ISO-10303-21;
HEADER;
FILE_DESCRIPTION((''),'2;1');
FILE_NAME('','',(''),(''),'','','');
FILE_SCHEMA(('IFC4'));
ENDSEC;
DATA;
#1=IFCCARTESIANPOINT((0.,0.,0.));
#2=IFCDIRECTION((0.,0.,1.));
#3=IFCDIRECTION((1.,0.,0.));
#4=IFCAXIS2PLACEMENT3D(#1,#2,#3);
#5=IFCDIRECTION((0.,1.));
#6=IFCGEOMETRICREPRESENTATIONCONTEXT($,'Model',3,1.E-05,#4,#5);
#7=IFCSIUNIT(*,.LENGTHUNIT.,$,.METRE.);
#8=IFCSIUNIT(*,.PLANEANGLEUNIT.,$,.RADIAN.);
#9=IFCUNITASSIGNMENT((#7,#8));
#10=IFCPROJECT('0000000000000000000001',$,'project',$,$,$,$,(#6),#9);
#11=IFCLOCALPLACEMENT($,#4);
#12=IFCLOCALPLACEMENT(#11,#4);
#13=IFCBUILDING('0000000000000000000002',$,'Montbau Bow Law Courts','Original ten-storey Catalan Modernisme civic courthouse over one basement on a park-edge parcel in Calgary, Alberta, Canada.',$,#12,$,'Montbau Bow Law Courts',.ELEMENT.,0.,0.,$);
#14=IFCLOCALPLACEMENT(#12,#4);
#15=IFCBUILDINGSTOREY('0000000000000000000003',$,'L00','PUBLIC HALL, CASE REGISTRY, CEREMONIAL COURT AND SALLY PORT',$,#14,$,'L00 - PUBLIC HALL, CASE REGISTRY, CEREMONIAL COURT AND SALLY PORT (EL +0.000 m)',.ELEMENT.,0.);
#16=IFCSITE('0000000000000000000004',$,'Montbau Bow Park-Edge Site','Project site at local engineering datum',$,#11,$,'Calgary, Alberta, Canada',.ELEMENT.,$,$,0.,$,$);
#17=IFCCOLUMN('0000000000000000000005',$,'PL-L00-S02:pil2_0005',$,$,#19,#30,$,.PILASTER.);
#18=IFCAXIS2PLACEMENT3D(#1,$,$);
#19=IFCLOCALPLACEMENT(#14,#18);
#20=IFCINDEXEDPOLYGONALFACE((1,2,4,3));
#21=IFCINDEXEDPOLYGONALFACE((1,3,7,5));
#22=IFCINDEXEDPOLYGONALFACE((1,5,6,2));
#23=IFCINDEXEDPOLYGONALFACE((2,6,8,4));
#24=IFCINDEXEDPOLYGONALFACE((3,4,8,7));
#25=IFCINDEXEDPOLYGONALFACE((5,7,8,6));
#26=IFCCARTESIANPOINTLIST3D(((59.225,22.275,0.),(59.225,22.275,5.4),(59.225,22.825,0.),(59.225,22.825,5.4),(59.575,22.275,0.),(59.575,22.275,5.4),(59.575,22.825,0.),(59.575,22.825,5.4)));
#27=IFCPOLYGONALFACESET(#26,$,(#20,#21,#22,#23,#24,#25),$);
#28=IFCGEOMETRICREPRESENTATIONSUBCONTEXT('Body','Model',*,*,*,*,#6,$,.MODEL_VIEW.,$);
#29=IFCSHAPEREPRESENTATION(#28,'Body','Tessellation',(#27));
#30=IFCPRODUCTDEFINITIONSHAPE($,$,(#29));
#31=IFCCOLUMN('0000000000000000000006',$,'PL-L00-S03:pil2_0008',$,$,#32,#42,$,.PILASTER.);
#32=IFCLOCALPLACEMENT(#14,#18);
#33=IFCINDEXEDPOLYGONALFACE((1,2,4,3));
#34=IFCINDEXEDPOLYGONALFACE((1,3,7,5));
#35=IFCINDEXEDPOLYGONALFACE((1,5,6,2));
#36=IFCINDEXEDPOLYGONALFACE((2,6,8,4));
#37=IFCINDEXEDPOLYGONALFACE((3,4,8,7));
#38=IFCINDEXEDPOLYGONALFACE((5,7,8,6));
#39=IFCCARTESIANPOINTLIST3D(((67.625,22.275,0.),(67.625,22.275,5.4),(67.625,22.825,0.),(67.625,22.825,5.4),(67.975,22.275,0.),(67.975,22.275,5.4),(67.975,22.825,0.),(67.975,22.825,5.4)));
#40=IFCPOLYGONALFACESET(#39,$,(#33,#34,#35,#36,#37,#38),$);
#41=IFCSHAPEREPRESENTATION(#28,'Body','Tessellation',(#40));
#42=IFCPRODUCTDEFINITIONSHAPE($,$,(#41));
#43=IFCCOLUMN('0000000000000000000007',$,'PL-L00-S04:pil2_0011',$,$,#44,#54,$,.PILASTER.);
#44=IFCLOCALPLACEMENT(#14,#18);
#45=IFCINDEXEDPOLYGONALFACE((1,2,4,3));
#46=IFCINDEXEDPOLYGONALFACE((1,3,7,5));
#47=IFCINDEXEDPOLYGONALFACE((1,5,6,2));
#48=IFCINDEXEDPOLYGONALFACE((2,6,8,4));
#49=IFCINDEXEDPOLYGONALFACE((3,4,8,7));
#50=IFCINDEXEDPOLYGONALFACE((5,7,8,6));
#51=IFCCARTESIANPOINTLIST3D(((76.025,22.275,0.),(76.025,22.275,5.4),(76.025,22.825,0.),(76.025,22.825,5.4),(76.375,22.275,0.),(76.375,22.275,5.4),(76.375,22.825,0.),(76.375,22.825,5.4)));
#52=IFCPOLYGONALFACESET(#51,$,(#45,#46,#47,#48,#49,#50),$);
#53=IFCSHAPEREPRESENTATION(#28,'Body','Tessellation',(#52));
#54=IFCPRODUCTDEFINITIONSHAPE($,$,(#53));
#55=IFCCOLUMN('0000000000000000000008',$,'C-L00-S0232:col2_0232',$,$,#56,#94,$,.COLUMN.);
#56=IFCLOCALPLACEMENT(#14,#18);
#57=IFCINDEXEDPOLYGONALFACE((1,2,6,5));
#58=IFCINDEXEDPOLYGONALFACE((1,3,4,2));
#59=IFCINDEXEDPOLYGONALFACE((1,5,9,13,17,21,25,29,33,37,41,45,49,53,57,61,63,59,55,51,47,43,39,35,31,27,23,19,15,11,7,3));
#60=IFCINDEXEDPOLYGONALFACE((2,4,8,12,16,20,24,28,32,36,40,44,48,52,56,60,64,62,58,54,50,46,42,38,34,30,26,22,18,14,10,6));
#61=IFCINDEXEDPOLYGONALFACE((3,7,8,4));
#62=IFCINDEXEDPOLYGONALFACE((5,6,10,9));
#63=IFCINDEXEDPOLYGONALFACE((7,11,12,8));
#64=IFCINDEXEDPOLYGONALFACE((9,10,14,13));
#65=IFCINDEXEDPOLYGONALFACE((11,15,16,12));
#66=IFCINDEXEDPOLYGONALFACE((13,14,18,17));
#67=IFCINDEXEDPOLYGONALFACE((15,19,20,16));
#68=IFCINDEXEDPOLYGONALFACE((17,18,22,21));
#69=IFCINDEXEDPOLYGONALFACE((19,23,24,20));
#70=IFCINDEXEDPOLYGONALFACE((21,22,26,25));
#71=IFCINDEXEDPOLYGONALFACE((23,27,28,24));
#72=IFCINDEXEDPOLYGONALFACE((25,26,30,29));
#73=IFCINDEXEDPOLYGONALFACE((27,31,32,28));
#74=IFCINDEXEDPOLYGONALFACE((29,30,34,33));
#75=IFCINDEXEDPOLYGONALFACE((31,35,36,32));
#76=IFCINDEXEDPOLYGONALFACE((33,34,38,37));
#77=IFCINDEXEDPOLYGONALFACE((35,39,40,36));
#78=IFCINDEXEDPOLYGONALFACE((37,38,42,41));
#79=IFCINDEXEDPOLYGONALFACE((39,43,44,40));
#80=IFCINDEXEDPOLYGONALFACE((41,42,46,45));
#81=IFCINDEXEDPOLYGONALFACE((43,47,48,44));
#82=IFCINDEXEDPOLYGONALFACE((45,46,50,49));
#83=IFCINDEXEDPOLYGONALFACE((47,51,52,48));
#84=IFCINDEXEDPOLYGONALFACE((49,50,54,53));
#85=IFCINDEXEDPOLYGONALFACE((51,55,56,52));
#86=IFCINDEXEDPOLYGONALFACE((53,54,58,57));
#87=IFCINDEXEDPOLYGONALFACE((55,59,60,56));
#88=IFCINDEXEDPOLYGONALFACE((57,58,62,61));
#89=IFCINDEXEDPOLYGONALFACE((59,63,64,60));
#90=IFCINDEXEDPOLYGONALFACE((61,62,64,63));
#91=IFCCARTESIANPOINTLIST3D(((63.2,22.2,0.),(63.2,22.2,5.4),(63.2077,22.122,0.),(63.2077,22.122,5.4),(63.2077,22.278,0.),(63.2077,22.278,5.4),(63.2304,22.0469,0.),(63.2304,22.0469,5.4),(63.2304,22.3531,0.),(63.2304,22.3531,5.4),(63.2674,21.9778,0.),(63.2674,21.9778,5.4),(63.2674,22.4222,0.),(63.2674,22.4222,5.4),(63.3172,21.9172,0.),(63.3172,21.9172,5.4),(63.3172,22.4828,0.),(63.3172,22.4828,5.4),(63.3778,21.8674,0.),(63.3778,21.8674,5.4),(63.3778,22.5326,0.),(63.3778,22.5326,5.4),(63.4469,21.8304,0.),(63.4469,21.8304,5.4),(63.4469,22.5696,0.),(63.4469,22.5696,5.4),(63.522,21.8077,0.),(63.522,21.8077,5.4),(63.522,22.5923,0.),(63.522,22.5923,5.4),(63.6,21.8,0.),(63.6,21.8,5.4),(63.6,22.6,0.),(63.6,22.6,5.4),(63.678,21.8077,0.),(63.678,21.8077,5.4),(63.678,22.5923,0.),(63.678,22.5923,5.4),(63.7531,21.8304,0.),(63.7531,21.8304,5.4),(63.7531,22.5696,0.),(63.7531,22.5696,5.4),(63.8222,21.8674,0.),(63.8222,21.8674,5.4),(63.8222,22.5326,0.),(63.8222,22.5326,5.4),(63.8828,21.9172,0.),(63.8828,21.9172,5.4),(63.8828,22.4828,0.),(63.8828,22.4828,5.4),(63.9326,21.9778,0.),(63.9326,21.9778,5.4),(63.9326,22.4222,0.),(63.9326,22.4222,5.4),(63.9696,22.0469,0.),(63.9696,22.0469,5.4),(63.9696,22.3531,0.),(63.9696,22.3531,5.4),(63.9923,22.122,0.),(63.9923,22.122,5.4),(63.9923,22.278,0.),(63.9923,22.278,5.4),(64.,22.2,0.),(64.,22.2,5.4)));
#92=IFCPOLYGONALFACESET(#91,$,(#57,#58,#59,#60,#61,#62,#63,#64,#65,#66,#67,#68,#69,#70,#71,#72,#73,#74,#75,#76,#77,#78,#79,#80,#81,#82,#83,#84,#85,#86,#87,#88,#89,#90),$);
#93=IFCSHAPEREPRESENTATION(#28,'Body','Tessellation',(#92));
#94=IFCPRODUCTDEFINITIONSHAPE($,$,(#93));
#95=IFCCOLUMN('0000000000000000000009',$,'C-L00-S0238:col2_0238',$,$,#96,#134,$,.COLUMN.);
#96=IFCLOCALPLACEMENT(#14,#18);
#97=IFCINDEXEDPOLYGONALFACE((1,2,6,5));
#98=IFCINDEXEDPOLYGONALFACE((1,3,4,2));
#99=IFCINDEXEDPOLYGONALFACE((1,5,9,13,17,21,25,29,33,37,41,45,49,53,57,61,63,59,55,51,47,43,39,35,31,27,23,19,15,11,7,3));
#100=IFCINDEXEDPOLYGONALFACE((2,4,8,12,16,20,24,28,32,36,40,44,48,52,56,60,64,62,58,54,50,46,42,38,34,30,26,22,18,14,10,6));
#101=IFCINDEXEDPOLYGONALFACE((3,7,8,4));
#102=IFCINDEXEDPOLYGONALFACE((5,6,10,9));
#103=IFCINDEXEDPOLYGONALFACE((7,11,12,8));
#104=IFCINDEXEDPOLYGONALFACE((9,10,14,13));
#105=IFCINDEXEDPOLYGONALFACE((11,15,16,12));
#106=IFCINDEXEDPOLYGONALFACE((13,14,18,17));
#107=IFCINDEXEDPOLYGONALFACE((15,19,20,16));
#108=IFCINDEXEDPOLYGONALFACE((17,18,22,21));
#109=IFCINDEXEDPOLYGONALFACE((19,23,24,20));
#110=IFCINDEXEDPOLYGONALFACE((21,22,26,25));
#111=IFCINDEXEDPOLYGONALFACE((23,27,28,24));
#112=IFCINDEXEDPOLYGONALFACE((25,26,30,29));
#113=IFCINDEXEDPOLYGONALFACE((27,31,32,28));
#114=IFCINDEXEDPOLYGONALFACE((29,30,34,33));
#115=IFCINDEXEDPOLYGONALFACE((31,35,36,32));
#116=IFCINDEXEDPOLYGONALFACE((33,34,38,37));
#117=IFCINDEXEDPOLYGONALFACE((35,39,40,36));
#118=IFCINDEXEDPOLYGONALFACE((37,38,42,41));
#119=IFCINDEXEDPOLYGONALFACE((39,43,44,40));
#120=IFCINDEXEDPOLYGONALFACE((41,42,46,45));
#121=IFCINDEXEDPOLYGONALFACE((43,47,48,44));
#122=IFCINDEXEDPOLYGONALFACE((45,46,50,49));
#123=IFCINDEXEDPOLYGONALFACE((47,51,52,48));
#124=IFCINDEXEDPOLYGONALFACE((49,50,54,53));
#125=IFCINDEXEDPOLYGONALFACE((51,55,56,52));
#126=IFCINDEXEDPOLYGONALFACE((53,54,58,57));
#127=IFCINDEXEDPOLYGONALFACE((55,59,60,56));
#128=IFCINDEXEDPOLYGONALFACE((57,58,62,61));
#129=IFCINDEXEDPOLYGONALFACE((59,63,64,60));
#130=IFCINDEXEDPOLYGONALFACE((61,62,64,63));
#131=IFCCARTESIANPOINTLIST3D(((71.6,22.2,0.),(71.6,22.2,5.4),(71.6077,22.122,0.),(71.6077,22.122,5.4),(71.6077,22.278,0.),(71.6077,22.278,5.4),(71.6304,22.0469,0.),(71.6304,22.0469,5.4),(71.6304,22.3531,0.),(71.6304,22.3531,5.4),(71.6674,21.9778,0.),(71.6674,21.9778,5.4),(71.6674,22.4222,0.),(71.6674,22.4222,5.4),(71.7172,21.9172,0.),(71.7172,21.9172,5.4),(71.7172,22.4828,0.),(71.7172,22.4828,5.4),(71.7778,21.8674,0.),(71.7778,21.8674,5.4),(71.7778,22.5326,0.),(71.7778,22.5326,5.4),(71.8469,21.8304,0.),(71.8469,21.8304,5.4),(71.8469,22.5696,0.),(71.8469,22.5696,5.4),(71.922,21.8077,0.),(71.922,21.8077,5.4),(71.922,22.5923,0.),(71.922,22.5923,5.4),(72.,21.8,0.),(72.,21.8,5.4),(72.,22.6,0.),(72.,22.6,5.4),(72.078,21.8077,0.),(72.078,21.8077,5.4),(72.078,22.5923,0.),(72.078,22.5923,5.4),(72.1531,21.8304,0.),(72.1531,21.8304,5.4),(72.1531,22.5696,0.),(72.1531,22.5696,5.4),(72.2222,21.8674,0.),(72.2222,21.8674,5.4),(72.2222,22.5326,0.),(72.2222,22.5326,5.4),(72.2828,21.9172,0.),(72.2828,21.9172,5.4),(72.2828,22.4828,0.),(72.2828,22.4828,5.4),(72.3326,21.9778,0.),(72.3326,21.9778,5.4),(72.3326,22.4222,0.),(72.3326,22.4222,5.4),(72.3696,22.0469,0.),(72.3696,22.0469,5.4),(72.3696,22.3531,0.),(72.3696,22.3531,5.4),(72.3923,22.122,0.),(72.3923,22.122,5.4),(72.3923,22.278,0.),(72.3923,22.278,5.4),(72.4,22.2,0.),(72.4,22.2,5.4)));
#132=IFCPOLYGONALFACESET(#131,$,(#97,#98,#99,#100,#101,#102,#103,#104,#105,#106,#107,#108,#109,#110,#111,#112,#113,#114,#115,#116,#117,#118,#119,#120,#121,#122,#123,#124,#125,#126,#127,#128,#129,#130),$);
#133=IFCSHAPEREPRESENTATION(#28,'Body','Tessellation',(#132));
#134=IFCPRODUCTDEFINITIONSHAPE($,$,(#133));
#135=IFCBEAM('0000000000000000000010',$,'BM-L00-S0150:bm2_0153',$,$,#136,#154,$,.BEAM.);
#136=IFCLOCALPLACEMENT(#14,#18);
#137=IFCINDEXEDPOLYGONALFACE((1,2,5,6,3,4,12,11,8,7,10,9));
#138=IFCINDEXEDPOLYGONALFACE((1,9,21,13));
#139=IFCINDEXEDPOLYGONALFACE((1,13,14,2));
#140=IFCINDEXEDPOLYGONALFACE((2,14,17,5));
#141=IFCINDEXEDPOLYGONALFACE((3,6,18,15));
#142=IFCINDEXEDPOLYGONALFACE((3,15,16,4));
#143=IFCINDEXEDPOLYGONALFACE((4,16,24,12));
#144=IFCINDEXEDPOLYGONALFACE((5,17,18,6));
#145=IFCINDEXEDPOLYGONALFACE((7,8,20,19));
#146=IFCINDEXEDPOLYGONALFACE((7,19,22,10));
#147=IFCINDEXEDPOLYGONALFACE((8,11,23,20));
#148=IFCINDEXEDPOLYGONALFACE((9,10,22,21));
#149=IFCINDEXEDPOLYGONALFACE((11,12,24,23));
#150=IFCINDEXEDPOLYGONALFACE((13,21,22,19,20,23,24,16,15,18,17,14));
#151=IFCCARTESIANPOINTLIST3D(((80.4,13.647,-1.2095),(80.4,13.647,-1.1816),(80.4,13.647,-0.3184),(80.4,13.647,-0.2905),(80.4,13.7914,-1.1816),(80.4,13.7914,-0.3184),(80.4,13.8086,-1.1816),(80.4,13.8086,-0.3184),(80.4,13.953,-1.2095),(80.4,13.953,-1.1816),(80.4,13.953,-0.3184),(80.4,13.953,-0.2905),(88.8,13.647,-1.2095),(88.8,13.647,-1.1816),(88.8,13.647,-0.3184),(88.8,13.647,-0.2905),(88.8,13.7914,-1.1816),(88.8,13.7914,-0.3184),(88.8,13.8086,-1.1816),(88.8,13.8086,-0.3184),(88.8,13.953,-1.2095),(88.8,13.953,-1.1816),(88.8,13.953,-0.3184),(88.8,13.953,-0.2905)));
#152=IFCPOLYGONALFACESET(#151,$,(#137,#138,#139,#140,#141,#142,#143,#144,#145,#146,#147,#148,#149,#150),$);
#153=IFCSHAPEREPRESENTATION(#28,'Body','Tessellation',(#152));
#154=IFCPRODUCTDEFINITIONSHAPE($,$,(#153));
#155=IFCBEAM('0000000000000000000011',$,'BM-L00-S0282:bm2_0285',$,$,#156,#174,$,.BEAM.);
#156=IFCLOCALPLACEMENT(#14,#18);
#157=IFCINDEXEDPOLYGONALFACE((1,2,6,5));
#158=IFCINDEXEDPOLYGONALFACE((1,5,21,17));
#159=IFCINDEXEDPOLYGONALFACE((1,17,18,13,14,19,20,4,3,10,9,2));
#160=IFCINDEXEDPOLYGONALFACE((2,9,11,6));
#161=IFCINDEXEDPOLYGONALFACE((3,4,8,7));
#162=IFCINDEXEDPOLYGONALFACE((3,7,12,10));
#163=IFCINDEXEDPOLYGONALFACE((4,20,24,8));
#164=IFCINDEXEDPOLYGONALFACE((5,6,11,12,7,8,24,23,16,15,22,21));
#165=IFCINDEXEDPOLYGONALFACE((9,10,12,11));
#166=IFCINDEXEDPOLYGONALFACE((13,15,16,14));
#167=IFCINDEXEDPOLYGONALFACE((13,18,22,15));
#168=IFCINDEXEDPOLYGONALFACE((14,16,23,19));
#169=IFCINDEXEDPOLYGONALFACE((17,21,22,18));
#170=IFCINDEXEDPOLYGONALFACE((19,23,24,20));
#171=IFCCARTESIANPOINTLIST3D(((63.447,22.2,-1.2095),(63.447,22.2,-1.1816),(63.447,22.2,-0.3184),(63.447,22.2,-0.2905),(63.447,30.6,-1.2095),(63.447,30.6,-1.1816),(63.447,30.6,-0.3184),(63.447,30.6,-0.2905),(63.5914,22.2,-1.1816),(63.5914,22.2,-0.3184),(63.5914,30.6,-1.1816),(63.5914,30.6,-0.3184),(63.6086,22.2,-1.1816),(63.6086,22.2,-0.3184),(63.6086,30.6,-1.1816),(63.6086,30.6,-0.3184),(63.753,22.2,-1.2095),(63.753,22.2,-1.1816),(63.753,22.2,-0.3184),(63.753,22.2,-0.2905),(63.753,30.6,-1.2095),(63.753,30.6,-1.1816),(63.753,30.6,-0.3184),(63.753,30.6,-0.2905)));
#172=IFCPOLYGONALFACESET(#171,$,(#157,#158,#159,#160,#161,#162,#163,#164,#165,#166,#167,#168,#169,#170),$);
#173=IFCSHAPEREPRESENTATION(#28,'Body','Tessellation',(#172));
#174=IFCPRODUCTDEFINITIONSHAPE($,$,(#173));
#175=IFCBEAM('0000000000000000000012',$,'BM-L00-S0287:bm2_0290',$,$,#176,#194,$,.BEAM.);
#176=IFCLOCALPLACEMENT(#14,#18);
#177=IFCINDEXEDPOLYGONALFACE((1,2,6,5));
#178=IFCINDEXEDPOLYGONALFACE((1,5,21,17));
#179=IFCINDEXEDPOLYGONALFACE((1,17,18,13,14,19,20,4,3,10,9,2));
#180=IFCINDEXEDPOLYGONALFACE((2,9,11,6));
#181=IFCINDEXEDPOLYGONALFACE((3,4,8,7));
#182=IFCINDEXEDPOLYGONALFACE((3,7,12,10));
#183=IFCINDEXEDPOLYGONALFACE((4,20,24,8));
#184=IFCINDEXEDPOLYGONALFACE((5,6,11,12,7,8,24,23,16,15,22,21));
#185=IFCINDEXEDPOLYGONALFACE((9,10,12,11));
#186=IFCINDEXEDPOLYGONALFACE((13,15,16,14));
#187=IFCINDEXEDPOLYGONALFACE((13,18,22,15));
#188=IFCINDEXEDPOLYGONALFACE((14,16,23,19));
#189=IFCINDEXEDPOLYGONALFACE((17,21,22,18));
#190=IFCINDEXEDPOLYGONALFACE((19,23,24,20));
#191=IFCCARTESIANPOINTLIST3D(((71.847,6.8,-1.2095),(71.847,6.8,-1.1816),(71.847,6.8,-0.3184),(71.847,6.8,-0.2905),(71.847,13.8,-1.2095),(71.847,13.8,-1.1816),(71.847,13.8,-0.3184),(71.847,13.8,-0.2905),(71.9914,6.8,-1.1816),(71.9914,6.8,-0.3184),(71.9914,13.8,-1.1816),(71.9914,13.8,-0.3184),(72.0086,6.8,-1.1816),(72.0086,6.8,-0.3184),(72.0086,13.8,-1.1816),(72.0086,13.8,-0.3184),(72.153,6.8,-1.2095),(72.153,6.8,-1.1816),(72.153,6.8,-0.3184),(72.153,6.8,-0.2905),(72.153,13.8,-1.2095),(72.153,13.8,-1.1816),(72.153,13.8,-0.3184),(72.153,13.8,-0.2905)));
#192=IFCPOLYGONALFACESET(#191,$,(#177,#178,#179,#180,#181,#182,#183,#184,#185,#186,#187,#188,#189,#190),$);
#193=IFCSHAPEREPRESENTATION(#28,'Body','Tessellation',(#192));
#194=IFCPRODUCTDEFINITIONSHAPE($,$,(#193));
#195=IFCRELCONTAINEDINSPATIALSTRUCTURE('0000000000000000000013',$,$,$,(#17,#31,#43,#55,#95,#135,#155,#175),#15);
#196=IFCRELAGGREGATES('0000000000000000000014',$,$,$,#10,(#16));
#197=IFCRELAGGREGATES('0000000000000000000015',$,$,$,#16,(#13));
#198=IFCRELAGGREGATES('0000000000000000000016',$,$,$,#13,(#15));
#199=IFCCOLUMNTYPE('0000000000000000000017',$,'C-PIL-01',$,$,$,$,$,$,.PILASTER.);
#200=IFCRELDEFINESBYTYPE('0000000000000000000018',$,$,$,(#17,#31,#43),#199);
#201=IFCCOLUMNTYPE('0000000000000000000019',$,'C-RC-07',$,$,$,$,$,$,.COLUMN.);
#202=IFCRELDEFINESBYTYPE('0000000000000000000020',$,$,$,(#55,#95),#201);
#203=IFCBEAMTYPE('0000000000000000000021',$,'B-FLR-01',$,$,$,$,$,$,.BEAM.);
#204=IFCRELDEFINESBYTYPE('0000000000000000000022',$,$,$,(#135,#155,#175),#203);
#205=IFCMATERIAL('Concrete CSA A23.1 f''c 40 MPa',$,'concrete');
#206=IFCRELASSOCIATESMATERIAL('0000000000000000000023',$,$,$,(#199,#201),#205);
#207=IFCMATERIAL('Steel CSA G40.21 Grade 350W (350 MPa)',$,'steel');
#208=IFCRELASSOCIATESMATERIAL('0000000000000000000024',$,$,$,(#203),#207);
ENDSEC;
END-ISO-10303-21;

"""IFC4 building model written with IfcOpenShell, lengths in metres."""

from ifc_helpers import new_model, si_unit, direction, frame, origin_with_axes, origin_2d_with_axis, place, context, subcontext, project, spatial, rectangle, circle, i_section, extrude, material, material_profile, profile_set, type_object, element, save


model = new_model("IFC4")

# Units and contexts
model_context = context("Model", 3, precision=1e-05, world=origin_with_axes(), true_north=direction((0.0, 1.0)))
body_context = subcontext(model_context, "Body", "Model", "MODEL_VIEW")
ifc_project = project(units=[si_unit("LENGTHUNIT", "METRE"), si_unit("PLANEANGLEUNIT", "RADIAN")], contexts=[model_context])

# Site, building, storey
site_placement = place(None, origin_with_axes())
site = spatial("IfcSite", under=ifc_project, at=site_placement, Name="Montbau Bow Park-Edge Site", Description="Project site at local engineering datum", LongName="Calgary, Alberta, Canada", CompositionType="ELEMENT", RefElevation=0.0)
building_placement = place(site_placement, origin_with_axes())
building = spatial("IfcBuilding", under=site, at=building_placement, Name="Montbau Bow Law Courts", Description="Original ten-storey Catalan Modernisme civic courthouse over one basement on a park-edge parcel in Calgary, Alberta, Canada.", LongName="Montbau Bow Law Courts", CompositionType="ELEMENT", ElevationOfRefHeight=0.0, ElevationOfTerrain=0.0)
storey_placement = place(building_placement, origin_with_axes())
storey = spatial("IfcBuildingStorey", under=building, at=storey_placement, Name="L00", Description="PUBLIC HALL, CASE REGISTRY, CEREMONIAL COURT AND SALLY PORT", LongName="L00 - PUBLIC HALL, CASE REGISTRY, CEREMONIAL COURT AND SALLY PORT (EL +0.000 m)", CompositionType="ELEMENT", Elevation=0.0)

# Columns
ifc_material_1 = material(Name="Concrete CSA A23.1 f'c 40 MPa", Category="concrete")
ifc_material_profile_1 = material_profile(ifc_material_1, rectangle(XDim=0.35, YDim=0.55, at=origin_2d_with_axis()), Name="RC550X350", Category="Main", Priority=0)
ifc_profile_set_1 = profile_set([ifc_material_profile_1], Name="Concrete CSA A23.1 f'c 40 MPa")
column_type_1 = type_object("IfcColumnType", Name="C-PIL-01", PredefinedType="PILASTER", material=ifc_profile_set_1)
for number, where, z_axis, x_axis, name in (
    (1, (59.4, 22.55, 0.0), (0.0, 0.0, 1.0), (1.0, 0.0, 0.0), "PL-L00-S02:pil2_0005"),
    (2, (67.8, 22.55, 0.0), (0.0, 0.0, 1.0), (1.0, 0.0, 0.0), "PL-L00-S03:pil2_0008"),
    (3, (76.2, 22.55, 0.0), (0.0, 0.0, 1.0), (1.0, 0.0, 0.0), "PL-L00-S04:pil2_0011"),
):
    element("IfcColumn", number, at=place(None, frame(where, z_axis=z_axis, x_axis=x_axis)), inside=storey, type_object=column_type_1, Name=name, PredefinedType="PILASTER", context=body_context, shape_type="SweptSolid", body=[
        extrude(rectangle(XDim=0.35, YDim=0.55, at=origin_2d_with_axis()), origin_with_axes(), (0.0, 0.0, 1.0), 5.4),
    ])
ifc_material_profile_2 = material_profile(ifc_material_1, circle(Radius=0.4, at=origin_2d_with_axis()), Name="RC800D", Category="Main", Priority=0)
ifc_profile_set_2 = profile_set([ifc_material_profile_2], Name="Concrete CSA A23.1 f'c 40 MPa")
column_type_2 = type_object("IfcColumnType", Name="C-RC-07", PredefinedType="COLUMN", material=ifc_profile_set_2)
for number, where, z_axis, x_axis, name in (
    (4, (63.6, 22.2, 0.0), (0.0, 0.0, 1.0), (1.0, 0.0, 0.0), "C-L00-S0232:col2_0232"),
    (5, (72.0, 22.2, 0.0), (0.0, 0.0, 1.0), (1.0, 0.0, 0.0), "C-L00-S0238:col2_0238"),
):
    element("IfcColumn", number, at=place(None, frame(where, z_axis=z_axis, x_axis=x_axis)), inside=storey, type_object=column_type_2, Name=name, PredefinedType="COLUMN", context=body_context, shape_type="SweptSolid", body=[
        extrude(circle(Radius=0.4, at=origin_2d_with_axis()), origin_with_axes(), (0.0, 0.0, 1.0), 5.4),
    ])

# Beams
ifc_material_2 = material(Name="Steel CSA G40.21 Grade 350W (350 MPa)", Category="steel")
ifc_material_profile_3 = material_profile(ifc_material_2, i_section(OverallWidth=0.306, OverallDepth=0.919, WebThickness=0.0173, FlangeThickness=0.0279, at=origin_2d_with_axis()), Name="W920X253", Category="Main", Priority=0)
ifc_profile_set_3 = profile_set([ifc_material_profile_3], Name="Steel CSA G40.21 Grade 350W (350 MPa)")
beam_type_1 = type_object("IfcBeamType", Name="B-FLR-01", PredefinedType="BEAM", material=ifc_profile_set_3)
for number, where, z_axis, x_axis, name in (
    (6, (80.4, 13.8, -0.75), (1.0, 0.0, 0.0), (0.0, 1.0, 0.0), "BM-L00-S0150:bm2_0153"),
    (7, (63.6, 22.2, -0.75), (0.0, 1.0, 0.0), (-1.0, 0.0, 0.0), "BM-L00-S0282:bm2_0285"),
):
    element("IfcBeam", number, at=place(None, frame(where, z_axis=z_axis, x_axis=x_axis)), inside=storey, type_object=beam_type_1, Name=name, PredefinedType="BEAM", context=body_context, shape_type="SweptSolid", body=[
        extrude(i_section(OverallWidth=0.306, OverallDepth=0.919, WebThickness=0.0173, FlangeThickness=0.0279, at=origin_2d_with_axis()), origin_with_axes(), (0.0, 0.0, 1.0), 8.4),
    ])
beam_1_placement = place(None, frame((72.0, 6.8, -0.75), z_axis=(0.0, 1.0, 0.0), x_axis=(-1.0, 0.0, 0.0)))
element("IfcBeam", 8, at=beam_1_placement, inside=storey, type_object=beam_type_1, Name="BM-L00-S0287:bm2_0290", PredefinedType="BEAM", context=body_context, shape_type="SweptSolid", body=[
    extrude(i_section(OverallWidth=0.306, OverallDepth=0.919, WebThickness=0.0173, FlangeThickness=0.0279, at=origin_2d_with_axis()), origin_with_axes(), (0.0, 0.0, 1.0), 7.0),
])

save(model, "model.ifc")
